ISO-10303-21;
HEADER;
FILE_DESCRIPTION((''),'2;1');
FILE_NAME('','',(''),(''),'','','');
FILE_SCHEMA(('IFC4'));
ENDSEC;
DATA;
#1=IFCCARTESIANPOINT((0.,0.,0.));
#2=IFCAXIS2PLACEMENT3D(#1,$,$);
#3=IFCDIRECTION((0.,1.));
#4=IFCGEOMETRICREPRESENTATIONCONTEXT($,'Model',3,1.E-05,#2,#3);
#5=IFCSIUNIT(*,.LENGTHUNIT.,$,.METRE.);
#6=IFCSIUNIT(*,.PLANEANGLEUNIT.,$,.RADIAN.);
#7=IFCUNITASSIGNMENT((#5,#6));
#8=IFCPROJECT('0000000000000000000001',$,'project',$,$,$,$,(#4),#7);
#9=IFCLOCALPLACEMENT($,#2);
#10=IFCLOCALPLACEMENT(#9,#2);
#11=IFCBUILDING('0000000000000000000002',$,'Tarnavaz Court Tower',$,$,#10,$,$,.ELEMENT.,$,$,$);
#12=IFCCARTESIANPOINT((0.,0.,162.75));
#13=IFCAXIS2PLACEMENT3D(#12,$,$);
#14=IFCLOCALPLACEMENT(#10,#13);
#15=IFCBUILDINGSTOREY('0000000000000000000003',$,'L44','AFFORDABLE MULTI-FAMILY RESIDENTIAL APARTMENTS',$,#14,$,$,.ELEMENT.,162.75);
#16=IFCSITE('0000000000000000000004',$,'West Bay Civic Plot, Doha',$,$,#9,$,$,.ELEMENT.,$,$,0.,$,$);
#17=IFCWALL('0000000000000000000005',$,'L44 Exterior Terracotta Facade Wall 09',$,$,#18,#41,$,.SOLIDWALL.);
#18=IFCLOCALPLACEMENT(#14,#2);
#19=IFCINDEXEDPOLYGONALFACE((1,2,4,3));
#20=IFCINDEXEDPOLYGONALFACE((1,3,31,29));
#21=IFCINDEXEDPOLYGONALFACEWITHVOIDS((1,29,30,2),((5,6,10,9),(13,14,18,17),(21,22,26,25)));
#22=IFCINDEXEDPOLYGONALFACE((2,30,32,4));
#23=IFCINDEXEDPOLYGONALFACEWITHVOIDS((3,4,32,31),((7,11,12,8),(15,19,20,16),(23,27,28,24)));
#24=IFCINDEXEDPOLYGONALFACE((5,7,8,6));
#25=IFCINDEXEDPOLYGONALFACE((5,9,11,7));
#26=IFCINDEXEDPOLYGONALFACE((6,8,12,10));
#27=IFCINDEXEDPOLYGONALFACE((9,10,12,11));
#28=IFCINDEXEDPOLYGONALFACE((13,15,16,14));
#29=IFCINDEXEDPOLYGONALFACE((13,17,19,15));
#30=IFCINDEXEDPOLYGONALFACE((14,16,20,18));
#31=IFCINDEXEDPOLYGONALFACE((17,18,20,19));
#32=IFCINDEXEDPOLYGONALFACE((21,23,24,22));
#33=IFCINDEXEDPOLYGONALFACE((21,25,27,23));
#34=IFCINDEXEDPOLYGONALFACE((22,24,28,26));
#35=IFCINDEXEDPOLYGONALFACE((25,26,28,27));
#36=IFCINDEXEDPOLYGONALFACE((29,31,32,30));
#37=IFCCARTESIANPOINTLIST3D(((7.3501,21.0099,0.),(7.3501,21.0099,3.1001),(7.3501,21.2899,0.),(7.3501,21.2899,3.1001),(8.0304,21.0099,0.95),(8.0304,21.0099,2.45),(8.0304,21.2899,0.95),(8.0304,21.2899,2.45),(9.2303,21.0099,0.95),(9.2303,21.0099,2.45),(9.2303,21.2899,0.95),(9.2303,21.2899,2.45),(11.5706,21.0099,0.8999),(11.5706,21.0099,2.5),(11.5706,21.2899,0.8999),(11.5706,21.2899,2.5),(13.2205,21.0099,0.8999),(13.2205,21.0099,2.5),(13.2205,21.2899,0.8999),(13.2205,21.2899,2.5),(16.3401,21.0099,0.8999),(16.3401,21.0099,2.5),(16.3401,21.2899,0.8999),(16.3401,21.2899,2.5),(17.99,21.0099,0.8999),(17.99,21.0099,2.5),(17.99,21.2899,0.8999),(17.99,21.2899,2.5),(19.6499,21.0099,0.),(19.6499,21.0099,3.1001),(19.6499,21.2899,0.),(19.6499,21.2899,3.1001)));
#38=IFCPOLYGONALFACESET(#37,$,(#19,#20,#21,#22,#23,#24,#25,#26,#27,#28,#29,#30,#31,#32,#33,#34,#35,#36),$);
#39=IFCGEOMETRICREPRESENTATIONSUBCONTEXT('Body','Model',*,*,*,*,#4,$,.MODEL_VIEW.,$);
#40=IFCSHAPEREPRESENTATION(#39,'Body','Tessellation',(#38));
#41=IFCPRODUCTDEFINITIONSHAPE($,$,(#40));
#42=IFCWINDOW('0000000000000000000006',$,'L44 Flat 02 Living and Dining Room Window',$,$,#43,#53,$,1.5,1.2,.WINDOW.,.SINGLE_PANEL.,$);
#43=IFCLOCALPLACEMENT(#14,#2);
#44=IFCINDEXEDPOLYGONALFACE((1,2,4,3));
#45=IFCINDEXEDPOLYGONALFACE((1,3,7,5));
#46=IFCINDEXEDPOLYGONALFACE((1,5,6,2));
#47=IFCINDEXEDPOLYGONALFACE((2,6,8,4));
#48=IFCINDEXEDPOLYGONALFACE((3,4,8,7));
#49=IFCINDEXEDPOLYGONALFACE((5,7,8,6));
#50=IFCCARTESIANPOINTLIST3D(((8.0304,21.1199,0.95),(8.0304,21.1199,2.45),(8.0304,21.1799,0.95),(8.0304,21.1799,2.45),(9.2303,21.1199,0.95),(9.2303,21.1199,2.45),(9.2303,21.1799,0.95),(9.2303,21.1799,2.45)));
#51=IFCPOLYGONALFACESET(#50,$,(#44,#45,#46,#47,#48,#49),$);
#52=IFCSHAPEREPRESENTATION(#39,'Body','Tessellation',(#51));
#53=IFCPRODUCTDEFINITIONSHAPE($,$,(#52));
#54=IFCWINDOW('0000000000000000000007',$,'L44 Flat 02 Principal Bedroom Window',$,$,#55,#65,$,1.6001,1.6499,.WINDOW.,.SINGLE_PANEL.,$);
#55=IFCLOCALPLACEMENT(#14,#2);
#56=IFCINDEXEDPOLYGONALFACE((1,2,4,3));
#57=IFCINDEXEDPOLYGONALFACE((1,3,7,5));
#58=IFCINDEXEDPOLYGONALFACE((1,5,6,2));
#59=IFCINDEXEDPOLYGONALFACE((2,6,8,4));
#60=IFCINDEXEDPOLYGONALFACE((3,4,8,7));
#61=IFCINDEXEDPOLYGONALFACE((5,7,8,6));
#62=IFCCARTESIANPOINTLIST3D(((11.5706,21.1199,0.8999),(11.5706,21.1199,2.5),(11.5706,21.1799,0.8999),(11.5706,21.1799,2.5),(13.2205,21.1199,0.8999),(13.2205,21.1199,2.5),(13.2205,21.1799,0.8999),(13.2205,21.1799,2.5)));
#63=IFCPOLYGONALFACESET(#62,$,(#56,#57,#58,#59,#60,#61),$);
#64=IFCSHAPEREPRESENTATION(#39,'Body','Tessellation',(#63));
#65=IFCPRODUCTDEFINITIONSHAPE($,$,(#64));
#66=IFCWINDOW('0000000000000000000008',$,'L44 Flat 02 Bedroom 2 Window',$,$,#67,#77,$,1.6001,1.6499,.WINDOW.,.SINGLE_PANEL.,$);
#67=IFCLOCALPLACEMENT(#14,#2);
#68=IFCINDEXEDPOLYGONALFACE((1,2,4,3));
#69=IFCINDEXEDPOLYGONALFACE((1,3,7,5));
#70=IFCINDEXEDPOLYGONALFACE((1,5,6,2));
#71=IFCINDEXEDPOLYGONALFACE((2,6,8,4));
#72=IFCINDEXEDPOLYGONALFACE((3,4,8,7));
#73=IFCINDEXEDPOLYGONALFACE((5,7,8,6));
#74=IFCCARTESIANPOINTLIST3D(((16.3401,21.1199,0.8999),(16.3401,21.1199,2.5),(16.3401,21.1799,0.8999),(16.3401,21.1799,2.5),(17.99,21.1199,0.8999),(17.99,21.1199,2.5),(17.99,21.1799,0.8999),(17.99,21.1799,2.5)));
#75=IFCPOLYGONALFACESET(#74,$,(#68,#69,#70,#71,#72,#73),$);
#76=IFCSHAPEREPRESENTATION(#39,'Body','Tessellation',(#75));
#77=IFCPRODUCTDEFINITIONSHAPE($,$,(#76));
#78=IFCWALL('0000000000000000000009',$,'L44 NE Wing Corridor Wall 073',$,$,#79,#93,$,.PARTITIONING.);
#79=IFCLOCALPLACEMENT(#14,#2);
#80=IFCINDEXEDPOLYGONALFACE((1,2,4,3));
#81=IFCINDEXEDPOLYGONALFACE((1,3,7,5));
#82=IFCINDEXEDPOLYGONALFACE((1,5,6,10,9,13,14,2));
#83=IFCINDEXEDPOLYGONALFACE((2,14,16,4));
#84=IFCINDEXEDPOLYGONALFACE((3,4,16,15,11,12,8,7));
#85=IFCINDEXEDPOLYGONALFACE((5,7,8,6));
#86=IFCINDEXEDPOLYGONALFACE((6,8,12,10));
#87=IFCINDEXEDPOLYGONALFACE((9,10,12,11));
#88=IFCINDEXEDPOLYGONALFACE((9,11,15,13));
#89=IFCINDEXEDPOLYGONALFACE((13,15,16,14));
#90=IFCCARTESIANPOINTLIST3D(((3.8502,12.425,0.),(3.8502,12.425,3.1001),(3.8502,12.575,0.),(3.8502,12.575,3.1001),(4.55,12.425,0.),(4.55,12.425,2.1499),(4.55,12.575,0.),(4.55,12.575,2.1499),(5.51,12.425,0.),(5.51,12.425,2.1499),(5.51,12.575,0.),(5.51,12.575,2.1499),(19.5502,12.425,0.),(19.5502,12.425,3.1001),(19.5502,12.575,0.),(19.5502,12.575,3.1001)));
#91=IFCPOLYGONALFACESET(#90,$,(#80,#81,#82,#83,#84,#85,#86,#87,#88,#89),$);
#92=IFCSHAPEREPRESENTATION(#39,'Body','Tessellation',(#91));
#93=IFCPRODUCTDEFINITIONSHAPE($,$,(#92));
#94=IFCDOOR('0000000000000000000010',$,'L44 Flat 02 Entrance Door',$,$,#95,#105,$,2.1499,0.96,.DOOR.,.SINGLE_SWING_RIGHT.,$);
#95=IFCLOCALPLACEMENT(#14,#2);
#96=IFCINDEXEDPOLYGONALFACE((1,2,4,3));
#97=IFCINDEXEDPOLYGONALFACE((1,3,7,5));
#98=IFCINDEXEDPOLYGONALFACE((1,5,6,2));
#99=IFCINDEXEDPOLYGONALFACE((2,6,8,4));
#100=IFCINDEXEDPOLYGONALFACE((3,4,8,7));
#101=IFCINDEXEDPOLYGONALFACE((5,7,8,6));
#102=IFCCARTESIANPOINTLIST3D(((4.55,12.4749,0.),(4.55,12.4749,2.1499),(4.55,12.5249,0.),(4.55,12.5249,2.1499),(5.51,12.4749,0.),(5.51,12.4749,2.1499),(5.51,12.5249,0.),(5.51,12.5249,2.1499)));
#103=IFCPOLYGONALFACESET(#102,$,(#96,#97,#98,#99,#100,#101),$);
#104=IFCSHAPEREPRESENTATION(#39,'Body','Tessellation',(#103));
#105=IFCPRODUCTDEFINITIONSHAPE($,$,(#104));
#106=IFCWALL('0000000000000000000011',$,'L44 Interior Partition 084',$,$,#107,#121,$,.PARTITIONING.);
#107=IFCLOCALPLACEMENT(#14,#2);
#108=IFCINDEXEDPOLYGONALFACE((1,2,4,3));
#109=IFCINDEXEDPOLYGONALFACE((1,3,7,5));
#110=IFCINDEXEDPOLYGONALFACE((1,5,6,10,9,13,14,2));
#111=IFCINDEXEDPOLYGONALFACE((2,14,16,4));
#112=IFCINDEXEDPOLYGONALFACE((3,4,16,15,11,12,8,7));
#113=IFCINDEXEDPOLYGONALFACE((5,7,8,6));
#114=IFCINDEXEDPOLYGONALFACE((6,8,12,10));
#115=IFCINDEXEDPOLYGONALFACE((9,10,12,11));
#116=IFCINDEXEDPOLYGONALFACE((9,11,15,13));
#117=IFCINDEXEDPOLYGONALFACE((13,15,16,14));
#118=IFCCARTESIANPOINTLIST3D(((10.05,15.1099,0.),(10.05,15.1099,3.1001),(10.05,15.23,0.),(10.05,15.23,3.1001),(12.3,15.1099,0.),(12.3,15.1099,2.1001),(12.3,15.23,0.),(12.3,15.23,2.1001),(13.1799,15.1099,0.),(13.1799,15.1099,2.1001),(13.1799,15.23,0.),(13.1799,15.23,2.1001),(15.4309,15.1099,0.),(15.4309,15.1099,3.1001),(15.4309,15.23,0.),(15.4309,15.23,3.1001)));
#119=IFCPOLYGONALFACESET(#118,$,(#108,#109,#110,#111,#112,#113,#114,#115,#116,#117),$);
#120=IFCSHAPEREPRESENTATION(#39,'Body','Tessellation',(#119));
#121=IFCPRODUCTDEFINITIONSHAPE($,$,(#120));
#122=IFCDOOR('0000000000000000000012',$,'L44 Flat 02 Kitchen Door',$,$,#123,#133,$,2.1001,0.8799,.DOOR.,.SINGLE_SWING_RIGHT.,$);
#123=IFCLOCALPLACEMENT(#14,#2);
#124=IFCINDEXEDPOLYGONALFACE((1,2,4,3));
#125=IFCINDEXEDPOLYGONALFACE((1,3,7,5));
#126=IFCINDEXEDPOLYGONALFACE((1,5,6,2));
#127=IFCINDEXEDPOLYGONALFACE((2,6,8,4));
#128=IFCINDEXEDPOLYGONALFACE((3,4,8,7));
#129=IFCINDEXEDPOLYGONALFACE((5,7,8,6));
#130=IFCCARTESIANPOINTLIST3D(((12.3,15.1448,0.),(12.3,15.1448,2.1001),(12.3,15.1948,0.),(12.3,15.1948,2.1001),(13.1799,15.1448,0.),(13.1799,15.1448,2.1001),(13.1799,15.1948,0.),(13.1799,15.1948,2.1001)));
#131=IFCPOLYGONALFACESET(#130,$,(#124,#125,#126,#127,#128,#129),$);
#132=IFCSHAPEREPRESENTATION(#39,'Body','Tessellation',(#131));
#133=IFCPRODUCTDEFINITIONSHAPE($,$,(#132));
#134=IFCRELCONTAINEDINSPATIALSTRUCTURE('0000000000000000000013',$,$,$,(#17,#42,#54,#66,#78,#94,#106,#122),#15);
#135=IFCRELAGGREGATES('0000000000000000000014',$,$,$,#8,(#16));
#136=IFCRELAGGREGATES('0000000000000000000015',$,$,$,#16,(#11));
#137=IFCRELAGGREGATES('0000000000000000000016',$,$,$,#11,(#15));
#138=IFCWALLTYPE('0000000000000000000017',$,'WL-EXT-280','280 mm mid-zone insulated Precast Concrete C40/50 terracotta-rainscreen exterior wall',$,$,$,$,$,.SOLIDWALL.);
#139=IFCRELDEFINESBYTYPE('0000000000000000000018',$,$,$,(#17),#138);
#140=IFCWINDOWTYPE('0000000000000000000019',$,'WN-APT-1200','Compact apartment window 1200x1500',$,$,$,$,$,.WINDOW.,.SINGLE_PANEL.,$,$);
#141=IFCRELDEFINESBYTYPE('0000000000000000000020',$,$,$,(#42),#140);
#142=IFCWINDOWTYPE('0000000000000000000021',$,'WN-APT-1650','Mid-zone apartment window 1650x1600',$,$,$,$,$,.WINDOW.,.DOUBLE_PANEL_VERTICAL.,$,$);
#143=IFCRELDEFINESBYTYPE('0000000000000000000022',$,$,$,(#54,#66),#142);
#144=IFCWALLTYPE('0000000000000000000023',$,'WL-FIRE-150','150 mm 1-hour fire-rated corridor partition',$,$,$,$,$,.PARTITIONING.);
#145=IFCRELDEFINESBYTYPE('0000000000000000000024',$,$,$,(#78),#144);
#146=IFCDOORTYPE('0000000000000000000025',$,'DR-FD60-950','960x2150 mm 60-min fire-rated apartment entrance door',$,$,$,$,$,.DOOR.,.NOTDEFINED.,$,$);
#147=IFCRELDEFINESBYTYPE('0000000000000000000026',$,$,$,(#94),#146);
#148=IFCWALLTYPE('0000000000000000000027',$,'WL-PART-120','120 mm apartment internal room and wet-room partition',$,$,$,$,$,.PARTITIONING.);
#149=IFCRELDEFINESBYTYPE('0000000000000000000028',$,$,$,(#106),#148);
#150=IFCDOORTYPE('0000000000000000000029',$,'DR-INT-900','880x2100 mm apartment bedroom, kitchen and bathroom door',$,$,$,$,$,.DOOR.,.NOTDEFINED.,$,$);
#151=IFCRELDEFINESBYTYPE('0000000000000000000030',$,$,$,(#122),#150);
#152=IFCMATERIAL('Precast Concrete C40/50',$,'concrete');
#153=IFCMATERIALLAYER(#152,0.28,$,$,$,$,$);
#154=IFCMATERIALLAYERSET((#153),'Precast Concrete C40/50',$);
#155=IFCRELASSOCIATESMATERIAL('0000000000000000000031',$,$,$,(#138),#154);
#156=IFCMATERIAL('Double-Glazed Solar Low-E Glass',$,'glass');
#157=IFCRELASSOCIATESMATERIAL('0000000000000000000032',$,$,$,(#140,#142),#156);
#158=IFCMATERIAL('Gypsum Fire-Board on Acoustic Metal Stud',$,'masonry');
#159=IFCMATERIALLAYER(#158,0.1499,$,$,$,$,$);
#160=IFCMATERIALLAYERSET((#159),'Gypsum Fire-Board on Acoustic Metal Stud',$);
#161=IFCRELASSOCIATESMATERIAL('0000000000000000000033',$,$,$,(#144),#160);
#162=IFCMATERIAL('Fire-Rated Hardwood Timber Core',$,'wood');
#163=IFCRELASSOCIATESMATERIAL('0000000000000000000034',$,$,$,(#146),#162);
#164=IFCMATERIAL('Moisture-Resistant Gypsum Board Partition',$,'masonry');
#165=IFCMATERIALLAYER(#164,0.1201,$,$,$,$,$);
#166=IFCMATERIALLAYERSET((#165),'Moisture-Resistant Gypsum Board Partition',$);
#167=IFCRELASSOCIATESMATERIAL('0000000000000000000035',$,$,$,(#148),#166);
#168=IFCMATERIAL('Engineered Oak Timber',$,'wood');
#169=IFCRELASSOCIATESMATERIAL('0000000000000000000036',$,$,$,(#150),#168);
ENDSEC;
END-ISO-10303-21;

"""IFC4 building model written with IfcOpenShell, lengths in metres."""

from ifc_helpers import new_model, si_unit, direction, frame, frame_2d, origin, place, context, subcontext, project, spatial, rectangle, extrude, material, layer, layer_set, type_object, element, fill, save


model = new_model("IFC4")

# Units and contexts
model_context = context("Model", 3, precision=1e-05, world=origin(), true_north=direction((0.0, 1.0)))
body_context = subcontext(model_context, "Body", "Model", "MODEL_VIEW")
ifc_project = project(units=[si_unit("LENGTHUNIT", "METRE"), si_unit("PLANEANGLEUNIT", "RADIAN")], contexts=[model_context])

# Site, building, storey
site_placement = place(None, origin())
site = spatial("IfcSite", under=ifc_project, at=site_placement, Name="West Bay Civic Plot, Doha", CompositionType="ELEMENT", RefElevation=0.0)
building_placement = place(site_placement, origin())
building = spatial("IfcBuilding", under=site, at=building_placement, Name="Tarnavaz Court Tower", CompositionType="ELEMENT")
storey_placement = place(building_placement, frame((0.0, 0.0, 162.75)))
storey = spatial("IfcBuildingStorey", under=building, at=storey_placement, Name="L44", Description="AFFORDABLE MULTI-FAMILY RESIDENTIAL APARTMENTS", CompositionType="ELEMENT", Elevation=162.75)

# Shared definitions
ifc_material_1 = material(Name="Double-Glazed Solar Low-E Glass", Category="glass")

# Shared definitions
ifc_material_2 = material(Name="Precast Concrete C40/50", Category="concrete")
ifc_layer_1 = layer(ifc_material_2, 0.28)
ifc_layer_set_1 = layer_set([ifc_layer_1], Name="Precast Concrete C40/50")
wall_type_1 = type_object("IfcWallType", Name="WL-EXT-280", Description="280 mm mid-zone insulated Precast Concrete C40/50 terracotta-rainscreen exterior wall", PredefinedType="SOLIDWALL", material=ifc_layer_set_1)
window_type_1 = type_object("IfcWindowType", Name="WN-APT-1200", Description="Compact apartment window 1200x1500", PartitioningType="SINGLE_PANEL", PredefinedType="WINDOW", material=ifc_material_1)

# Wall, openings, windows
wall_1_placement = place(storey_placement, frame((7.3501, 21.1499, 0.0), z_axis=(0.0, 0.0, 1.0), x_axis=(1.0, 0.0, 0.0)))
wall_1 = element("IfcWall", 1, at=wall_1_placement, inside=storey, type_object=wall_type_1, Name="L44 Exterior Terracotta Facade Wall 09", PredefinedType="SOLIDWALL", context=body_context, shape_type="SweptSolid", body=[
    extrude(rectangle(XDim=12.2998, YDim=0.28, at=frame_2d((6.1499, 0.0))), origin(), (0.0, 0.0, 1.0), 3.1001),
])
opening_1_placement = place(wall_1_placement, frame((0.6802, 0.0, 0.95)))
opening_1 = element("IfcOpeningElement", 2, at=opening_1_placement, cuts=wall_1, PredefinedType="OPENING", context=body_context, shape_type="SweptSolid", body=[
    extrude(rectangle(XDim=1.2, YDim=1.5, at=frame_2d((0.6001, 0.75))), frame((0.0, 0.1499, 0.0), z_axis=(0.0, -1.0, 0.0), x_axis=(1.0, 0.0, 0.0)), (0.0, 0.0, 1.0), 0.3),
])
opening_2_placement = place(wall_1_placement, frame((4.2205, 0.0, 0.8999)))
opening_2 = element("IfcOpeningElement", 3, at=opening_2_placement, cuts=wall_1, PredefinedType="OPENING", context=body_context, shape_type="SweptSolid", body=[
    extrude(rectangle(XDim=1.6499, YDim=1.6001, at=frame_2d((0.825, 0.8))), frame((0.0, 0.1499, 0.0), z_axis=(0.0, -1.0, 0.0), x_axis=(1.0, 0.0, 0.0)), (0.0, 0.0, 1.0), 0.3),
])
opening_3_placement = place(wall_1_placement, frame((8.99, 0.0, 0.8999)))
opening_3 = element("IfcOpeningElement", 4, at=opening_3_placement, cuts=wall_1, PredefinedType="OPENING", context=body_context, shape_type="SweptSolid", body=[
    extrude(rectangle(XDim=1.6499, YDim=1.6001, at=frame_2d((0.825, 0.8))), frame((0.0, 0.1499, 0.0), z_axis=(0.0, -1.0, 0.0), x_axis=(1.0, 0.0, 0.0)), (0.0, 0.0, 1.0), 0.3),
])
window_1_placement = place(opening_1_placement, origin())
window_1 = element("IfcWindow", 5, at=window_1_placement, inside=storey, type_object=window_type_1, Name="L44 Flat 02 Living and Dining Room Window", OverallHeight=1.5, OverallWidth=1.2, PartitioningType="SINGLE_PANEL", PredefinedType="WINDOW", context=body_context, shape_type="SweptSolid", body=[
    extrude(rectangle(XDim=1.2, YDim=1.5, at=frame_2d((0.6001, 0.75))), frame((0.0, 0.03, 0.0), z_axis=(0.0, -1.0, 0.0), x_axis=(1.0, 0.0, 0.0)), (0.0, 0.0, 1.0), 0.0601),
])
fill(opening_1, window_1)
window_type_2 = type_object("IfcWindowType", Name="WN-APT-1650", Description="Mid-zone apartment window 1650x1600", PartitioningType="DOUBLE_PANEL_VERTICAL", PredefinedType="WINDOW", material=ifc_material_1)
window_2_placement = place(opening_2_placement, origin())
window_2 = element("IfcWindow", 6, at=window_2_placement, inside=storey, type_object=window_type_2, Name="L44 Flat 02 Principal Bedroom Window", OverallHeight=1.6001, OverallWidth=1.6499, PartitioningType="SINGLE_PANEL", PredefinedType="WINDOW", context=body_context, shape_type="SweptSolid", body=[
    extrude(rectangle(XDim=1.6499, YDim=1.6001, at=frame_2d((0.825, 0.8))), frame((0.0, 0.03, 0.0), z_axis=(0.0, -1.0, 0.0), x_axis=(1.0, 0.0, 0.0)), (0.0, 0.0, 1.0), 0.0601),
])
fill(opening_2, window_2)
window_3_placement = place(opening_3_placement, origin())
window_3 = element("IfcWindow", 7, at=window_3_placement, inside=storey, type_object=window_type_2, Name="L44 Flat 02 Bedroom 2 Window", OverallHeight=1.6001, OverallWidth=1.6499, PartitioningType="SINGLE_PANEL", PredefinedType="WINDOW", context=body_context, shape_type="SweptSolid", body=[
    extrude(rectangle(XDim=1.6499, YDim=1.6001, at=frame_2d((0.825, 0.8))), frame((0.0, 0.03, 0.0), z_axis=(0.0, -1.0, 0.0), x_axis=(1.0, 0.0, 0.0)), (0.0, 0.0, 1.0), 0.0601),
])
fill(opening_3, window_3)

# Walls, openings, doors
ifc_material_3 = material(Name="Gypsum Fire-Board on Acoustic Metal Stud", Category="masonry")
ifc_layer_2 = layer(ifc_material_3, 0.1499)
ifc_layer_set_2 = layer_set([ifc_layer_2], Name="Gypsum Fire-Board on Acoustic Metal Stud")
wall_type_2 = type_object("IfcWallType", Name="WL-FIRE-150", Description="150 mm 1-hour fire-rated corridor partition", PredefinedType="PARTITIONING", material=ifc_layer_set_2)
wall_2_placement = place(storey_placement, frame((3.8501, 12.5, 0.0), z_axis=(0.0, 0.0, 1.0), x_axis=(1.0, 0.0, 0.0)))
wall_2 = element("IfcWall", 8, at=wall_2_placement, inside=storey, type_object=wall_type_2, Name="L44 NE Wing Corridor Wall 073", PredefinedType="PARTITIONING", context=body_context, shape_type="SweptSolid", body=[
    extrude(rectangle(XDim=15.7, YDim=0.1499, at=frame_2d((7.8501, 0.0))), origin(), (0.0, 0.0, 1.0), 3.1001),
])
opening_4_placement = place(wall_2_placement, frame((0.7, 0.0, 0.0)))
opening_4 = element("IfcOpeningElement", 9, at=opening_4_placement, cuts=wall_2, PredefinedType="OPENING", context=body_context, shape_type="SweptSolid", body=[
    extrude(rectangle(XDim=0.96, YDim=2.1499, at=frame_2d((0.48, 1.075))), frame((0.0, 0.085, 0.0), z_axis=(0.0, -1.0, 0.0), x_axis=(1.0, 0.0, 0.0)), (0.0, 0.0, 1.0), 0.1699),
])
ifc_material_4 = material(Name="Fire-Rated Hardwood Timber Core", Category="wood")
door_type_1 = type_object("IfcDoorType", Name="DR-FD60-950", Description="960x2150 mm 60-min fire-rated apartment entrance door", OperationType="NOTDEFINED", PredefinedType="DOOR", material=ifc_material_4)
door_1_placement = place(opening_4_placement, origin())
door_1 = element("IfcDoor", 10, at=door_1_placement, inside=storey, type_object=door_type_1, Name="L44 Flat 02 Entrance Door", OperationType="SINGLE_SWING_RIGHT", OverallHeight=2.1499, OverallWidth=0.96, PredefinedType="DOOR", context=body_context, shape_type="SweptSolid", body=[
    extrude(rectangle(XDim=0.96, YDim=2.1499, at=frame_2d((0.48, 1.075))), frame((0.0, 0.0249, 0.0), z_axis=(0.0, -1.0, 0.0), x_axis=(1.0, 0.0, 0.0)), (0.0, 0.0, 1.0), 0.05),
])
fill(opening_4, door_1)
ifc_material_5 = material(Name="Moisture-Resistant Gypsum Board Partition", Category="masonry")
ifc_layer_3 = layer(ifc_material_5, 0.1201)
ifc_layer_set_3 = layer_set([ifc_layer_3], Name="Moisture-Resistant Gypsum Board Partition")
wall_type_3 = type_object("IfcWallType", Name="WL-PART-120", Description="120 mm apartment internal room and wet-room partition", PredefinedType="PARTITIONING", material=ifc_layer_set_3)
wall_3_placement = place(storey_placement, frame((10.05, 15.1699, 0.0), z_axis=(0.0, 0.0, 1.0), x_axis=(1.0, 0.0, 0.0)))
wall_3 = element("IfcWall", 11, at=wall_3_placement, inside=storey, type_object=wall_type_3, Name="L44 Interior Partition 084", PredefinedType="PARTITIONING", context=body_context, shape_type="SweptSolid", body=[
    extrude(rectangle(XDim=5.3809, YDim=0.1201, at=frame_2d((2.6904, 0.0))), origin(), (0.0, 0.0, 1.0), 3.1001),
])
opening_5_placement = place(wall_3_placement, frame((2.25, 0.0, 0.0)))
opening_5 = element("IfcOpeningElement", 12, at=opening_5_placement, cuts=wall_3, PredefinedType="OPENING", context=body_context, shape_type="SweptSolid", body=[
    extrude(rectangle(XDim=0.8799, YDim=2.1001, at=frame_2d((0.4399, 1.05))), frame((0.0, 0.0701, 0.0), z_axis=(0.0, -1.0, 0.0), x_axis=(1.0, 0.0, 0.0)), (0.0, 0.0, 1.0), 0.1401),
])
ifc_material_6 = material(Name="Engineered Oak Timber", Category="wood")
door_type_2 = type_object("IfcDoorType", Name="DR-INT-900", Description="880x2100 mm apartment bedroom, kitchen and bathroom door", OperationType="NOTDEFINED", PredefinedType="DOOR", material=ifc_material_6)
door_2_placement = place(opening_5_placement, origin())
door_2 = element("IfcDoor", 13, at=door_2_placement, inside=storey, type_object=door_type_2, Name="L44 Flat 02 Kitchen Door", OperationType="SINGLE_SWING_RIGHT", OverallHeight=2.1001, OverallWidth=0.8799, PredefinedType="DOOR", context=body_context, shape_type="SweptSolid", body=[
    extrude(rectangle(XDim=0.8799, YDim=2.1001, at=frame_2d((0.4399, 1.05))), frame((0.0, 0.0249, 0.0), z_axis=(0.0, -1.0, 0.0), x_axis=(1.0, 0.0, 0.0)), (0.0, 0.0, 1.0), 0.05),
])
fill(opening_5, door_2)

save(model, "model.ifc")
